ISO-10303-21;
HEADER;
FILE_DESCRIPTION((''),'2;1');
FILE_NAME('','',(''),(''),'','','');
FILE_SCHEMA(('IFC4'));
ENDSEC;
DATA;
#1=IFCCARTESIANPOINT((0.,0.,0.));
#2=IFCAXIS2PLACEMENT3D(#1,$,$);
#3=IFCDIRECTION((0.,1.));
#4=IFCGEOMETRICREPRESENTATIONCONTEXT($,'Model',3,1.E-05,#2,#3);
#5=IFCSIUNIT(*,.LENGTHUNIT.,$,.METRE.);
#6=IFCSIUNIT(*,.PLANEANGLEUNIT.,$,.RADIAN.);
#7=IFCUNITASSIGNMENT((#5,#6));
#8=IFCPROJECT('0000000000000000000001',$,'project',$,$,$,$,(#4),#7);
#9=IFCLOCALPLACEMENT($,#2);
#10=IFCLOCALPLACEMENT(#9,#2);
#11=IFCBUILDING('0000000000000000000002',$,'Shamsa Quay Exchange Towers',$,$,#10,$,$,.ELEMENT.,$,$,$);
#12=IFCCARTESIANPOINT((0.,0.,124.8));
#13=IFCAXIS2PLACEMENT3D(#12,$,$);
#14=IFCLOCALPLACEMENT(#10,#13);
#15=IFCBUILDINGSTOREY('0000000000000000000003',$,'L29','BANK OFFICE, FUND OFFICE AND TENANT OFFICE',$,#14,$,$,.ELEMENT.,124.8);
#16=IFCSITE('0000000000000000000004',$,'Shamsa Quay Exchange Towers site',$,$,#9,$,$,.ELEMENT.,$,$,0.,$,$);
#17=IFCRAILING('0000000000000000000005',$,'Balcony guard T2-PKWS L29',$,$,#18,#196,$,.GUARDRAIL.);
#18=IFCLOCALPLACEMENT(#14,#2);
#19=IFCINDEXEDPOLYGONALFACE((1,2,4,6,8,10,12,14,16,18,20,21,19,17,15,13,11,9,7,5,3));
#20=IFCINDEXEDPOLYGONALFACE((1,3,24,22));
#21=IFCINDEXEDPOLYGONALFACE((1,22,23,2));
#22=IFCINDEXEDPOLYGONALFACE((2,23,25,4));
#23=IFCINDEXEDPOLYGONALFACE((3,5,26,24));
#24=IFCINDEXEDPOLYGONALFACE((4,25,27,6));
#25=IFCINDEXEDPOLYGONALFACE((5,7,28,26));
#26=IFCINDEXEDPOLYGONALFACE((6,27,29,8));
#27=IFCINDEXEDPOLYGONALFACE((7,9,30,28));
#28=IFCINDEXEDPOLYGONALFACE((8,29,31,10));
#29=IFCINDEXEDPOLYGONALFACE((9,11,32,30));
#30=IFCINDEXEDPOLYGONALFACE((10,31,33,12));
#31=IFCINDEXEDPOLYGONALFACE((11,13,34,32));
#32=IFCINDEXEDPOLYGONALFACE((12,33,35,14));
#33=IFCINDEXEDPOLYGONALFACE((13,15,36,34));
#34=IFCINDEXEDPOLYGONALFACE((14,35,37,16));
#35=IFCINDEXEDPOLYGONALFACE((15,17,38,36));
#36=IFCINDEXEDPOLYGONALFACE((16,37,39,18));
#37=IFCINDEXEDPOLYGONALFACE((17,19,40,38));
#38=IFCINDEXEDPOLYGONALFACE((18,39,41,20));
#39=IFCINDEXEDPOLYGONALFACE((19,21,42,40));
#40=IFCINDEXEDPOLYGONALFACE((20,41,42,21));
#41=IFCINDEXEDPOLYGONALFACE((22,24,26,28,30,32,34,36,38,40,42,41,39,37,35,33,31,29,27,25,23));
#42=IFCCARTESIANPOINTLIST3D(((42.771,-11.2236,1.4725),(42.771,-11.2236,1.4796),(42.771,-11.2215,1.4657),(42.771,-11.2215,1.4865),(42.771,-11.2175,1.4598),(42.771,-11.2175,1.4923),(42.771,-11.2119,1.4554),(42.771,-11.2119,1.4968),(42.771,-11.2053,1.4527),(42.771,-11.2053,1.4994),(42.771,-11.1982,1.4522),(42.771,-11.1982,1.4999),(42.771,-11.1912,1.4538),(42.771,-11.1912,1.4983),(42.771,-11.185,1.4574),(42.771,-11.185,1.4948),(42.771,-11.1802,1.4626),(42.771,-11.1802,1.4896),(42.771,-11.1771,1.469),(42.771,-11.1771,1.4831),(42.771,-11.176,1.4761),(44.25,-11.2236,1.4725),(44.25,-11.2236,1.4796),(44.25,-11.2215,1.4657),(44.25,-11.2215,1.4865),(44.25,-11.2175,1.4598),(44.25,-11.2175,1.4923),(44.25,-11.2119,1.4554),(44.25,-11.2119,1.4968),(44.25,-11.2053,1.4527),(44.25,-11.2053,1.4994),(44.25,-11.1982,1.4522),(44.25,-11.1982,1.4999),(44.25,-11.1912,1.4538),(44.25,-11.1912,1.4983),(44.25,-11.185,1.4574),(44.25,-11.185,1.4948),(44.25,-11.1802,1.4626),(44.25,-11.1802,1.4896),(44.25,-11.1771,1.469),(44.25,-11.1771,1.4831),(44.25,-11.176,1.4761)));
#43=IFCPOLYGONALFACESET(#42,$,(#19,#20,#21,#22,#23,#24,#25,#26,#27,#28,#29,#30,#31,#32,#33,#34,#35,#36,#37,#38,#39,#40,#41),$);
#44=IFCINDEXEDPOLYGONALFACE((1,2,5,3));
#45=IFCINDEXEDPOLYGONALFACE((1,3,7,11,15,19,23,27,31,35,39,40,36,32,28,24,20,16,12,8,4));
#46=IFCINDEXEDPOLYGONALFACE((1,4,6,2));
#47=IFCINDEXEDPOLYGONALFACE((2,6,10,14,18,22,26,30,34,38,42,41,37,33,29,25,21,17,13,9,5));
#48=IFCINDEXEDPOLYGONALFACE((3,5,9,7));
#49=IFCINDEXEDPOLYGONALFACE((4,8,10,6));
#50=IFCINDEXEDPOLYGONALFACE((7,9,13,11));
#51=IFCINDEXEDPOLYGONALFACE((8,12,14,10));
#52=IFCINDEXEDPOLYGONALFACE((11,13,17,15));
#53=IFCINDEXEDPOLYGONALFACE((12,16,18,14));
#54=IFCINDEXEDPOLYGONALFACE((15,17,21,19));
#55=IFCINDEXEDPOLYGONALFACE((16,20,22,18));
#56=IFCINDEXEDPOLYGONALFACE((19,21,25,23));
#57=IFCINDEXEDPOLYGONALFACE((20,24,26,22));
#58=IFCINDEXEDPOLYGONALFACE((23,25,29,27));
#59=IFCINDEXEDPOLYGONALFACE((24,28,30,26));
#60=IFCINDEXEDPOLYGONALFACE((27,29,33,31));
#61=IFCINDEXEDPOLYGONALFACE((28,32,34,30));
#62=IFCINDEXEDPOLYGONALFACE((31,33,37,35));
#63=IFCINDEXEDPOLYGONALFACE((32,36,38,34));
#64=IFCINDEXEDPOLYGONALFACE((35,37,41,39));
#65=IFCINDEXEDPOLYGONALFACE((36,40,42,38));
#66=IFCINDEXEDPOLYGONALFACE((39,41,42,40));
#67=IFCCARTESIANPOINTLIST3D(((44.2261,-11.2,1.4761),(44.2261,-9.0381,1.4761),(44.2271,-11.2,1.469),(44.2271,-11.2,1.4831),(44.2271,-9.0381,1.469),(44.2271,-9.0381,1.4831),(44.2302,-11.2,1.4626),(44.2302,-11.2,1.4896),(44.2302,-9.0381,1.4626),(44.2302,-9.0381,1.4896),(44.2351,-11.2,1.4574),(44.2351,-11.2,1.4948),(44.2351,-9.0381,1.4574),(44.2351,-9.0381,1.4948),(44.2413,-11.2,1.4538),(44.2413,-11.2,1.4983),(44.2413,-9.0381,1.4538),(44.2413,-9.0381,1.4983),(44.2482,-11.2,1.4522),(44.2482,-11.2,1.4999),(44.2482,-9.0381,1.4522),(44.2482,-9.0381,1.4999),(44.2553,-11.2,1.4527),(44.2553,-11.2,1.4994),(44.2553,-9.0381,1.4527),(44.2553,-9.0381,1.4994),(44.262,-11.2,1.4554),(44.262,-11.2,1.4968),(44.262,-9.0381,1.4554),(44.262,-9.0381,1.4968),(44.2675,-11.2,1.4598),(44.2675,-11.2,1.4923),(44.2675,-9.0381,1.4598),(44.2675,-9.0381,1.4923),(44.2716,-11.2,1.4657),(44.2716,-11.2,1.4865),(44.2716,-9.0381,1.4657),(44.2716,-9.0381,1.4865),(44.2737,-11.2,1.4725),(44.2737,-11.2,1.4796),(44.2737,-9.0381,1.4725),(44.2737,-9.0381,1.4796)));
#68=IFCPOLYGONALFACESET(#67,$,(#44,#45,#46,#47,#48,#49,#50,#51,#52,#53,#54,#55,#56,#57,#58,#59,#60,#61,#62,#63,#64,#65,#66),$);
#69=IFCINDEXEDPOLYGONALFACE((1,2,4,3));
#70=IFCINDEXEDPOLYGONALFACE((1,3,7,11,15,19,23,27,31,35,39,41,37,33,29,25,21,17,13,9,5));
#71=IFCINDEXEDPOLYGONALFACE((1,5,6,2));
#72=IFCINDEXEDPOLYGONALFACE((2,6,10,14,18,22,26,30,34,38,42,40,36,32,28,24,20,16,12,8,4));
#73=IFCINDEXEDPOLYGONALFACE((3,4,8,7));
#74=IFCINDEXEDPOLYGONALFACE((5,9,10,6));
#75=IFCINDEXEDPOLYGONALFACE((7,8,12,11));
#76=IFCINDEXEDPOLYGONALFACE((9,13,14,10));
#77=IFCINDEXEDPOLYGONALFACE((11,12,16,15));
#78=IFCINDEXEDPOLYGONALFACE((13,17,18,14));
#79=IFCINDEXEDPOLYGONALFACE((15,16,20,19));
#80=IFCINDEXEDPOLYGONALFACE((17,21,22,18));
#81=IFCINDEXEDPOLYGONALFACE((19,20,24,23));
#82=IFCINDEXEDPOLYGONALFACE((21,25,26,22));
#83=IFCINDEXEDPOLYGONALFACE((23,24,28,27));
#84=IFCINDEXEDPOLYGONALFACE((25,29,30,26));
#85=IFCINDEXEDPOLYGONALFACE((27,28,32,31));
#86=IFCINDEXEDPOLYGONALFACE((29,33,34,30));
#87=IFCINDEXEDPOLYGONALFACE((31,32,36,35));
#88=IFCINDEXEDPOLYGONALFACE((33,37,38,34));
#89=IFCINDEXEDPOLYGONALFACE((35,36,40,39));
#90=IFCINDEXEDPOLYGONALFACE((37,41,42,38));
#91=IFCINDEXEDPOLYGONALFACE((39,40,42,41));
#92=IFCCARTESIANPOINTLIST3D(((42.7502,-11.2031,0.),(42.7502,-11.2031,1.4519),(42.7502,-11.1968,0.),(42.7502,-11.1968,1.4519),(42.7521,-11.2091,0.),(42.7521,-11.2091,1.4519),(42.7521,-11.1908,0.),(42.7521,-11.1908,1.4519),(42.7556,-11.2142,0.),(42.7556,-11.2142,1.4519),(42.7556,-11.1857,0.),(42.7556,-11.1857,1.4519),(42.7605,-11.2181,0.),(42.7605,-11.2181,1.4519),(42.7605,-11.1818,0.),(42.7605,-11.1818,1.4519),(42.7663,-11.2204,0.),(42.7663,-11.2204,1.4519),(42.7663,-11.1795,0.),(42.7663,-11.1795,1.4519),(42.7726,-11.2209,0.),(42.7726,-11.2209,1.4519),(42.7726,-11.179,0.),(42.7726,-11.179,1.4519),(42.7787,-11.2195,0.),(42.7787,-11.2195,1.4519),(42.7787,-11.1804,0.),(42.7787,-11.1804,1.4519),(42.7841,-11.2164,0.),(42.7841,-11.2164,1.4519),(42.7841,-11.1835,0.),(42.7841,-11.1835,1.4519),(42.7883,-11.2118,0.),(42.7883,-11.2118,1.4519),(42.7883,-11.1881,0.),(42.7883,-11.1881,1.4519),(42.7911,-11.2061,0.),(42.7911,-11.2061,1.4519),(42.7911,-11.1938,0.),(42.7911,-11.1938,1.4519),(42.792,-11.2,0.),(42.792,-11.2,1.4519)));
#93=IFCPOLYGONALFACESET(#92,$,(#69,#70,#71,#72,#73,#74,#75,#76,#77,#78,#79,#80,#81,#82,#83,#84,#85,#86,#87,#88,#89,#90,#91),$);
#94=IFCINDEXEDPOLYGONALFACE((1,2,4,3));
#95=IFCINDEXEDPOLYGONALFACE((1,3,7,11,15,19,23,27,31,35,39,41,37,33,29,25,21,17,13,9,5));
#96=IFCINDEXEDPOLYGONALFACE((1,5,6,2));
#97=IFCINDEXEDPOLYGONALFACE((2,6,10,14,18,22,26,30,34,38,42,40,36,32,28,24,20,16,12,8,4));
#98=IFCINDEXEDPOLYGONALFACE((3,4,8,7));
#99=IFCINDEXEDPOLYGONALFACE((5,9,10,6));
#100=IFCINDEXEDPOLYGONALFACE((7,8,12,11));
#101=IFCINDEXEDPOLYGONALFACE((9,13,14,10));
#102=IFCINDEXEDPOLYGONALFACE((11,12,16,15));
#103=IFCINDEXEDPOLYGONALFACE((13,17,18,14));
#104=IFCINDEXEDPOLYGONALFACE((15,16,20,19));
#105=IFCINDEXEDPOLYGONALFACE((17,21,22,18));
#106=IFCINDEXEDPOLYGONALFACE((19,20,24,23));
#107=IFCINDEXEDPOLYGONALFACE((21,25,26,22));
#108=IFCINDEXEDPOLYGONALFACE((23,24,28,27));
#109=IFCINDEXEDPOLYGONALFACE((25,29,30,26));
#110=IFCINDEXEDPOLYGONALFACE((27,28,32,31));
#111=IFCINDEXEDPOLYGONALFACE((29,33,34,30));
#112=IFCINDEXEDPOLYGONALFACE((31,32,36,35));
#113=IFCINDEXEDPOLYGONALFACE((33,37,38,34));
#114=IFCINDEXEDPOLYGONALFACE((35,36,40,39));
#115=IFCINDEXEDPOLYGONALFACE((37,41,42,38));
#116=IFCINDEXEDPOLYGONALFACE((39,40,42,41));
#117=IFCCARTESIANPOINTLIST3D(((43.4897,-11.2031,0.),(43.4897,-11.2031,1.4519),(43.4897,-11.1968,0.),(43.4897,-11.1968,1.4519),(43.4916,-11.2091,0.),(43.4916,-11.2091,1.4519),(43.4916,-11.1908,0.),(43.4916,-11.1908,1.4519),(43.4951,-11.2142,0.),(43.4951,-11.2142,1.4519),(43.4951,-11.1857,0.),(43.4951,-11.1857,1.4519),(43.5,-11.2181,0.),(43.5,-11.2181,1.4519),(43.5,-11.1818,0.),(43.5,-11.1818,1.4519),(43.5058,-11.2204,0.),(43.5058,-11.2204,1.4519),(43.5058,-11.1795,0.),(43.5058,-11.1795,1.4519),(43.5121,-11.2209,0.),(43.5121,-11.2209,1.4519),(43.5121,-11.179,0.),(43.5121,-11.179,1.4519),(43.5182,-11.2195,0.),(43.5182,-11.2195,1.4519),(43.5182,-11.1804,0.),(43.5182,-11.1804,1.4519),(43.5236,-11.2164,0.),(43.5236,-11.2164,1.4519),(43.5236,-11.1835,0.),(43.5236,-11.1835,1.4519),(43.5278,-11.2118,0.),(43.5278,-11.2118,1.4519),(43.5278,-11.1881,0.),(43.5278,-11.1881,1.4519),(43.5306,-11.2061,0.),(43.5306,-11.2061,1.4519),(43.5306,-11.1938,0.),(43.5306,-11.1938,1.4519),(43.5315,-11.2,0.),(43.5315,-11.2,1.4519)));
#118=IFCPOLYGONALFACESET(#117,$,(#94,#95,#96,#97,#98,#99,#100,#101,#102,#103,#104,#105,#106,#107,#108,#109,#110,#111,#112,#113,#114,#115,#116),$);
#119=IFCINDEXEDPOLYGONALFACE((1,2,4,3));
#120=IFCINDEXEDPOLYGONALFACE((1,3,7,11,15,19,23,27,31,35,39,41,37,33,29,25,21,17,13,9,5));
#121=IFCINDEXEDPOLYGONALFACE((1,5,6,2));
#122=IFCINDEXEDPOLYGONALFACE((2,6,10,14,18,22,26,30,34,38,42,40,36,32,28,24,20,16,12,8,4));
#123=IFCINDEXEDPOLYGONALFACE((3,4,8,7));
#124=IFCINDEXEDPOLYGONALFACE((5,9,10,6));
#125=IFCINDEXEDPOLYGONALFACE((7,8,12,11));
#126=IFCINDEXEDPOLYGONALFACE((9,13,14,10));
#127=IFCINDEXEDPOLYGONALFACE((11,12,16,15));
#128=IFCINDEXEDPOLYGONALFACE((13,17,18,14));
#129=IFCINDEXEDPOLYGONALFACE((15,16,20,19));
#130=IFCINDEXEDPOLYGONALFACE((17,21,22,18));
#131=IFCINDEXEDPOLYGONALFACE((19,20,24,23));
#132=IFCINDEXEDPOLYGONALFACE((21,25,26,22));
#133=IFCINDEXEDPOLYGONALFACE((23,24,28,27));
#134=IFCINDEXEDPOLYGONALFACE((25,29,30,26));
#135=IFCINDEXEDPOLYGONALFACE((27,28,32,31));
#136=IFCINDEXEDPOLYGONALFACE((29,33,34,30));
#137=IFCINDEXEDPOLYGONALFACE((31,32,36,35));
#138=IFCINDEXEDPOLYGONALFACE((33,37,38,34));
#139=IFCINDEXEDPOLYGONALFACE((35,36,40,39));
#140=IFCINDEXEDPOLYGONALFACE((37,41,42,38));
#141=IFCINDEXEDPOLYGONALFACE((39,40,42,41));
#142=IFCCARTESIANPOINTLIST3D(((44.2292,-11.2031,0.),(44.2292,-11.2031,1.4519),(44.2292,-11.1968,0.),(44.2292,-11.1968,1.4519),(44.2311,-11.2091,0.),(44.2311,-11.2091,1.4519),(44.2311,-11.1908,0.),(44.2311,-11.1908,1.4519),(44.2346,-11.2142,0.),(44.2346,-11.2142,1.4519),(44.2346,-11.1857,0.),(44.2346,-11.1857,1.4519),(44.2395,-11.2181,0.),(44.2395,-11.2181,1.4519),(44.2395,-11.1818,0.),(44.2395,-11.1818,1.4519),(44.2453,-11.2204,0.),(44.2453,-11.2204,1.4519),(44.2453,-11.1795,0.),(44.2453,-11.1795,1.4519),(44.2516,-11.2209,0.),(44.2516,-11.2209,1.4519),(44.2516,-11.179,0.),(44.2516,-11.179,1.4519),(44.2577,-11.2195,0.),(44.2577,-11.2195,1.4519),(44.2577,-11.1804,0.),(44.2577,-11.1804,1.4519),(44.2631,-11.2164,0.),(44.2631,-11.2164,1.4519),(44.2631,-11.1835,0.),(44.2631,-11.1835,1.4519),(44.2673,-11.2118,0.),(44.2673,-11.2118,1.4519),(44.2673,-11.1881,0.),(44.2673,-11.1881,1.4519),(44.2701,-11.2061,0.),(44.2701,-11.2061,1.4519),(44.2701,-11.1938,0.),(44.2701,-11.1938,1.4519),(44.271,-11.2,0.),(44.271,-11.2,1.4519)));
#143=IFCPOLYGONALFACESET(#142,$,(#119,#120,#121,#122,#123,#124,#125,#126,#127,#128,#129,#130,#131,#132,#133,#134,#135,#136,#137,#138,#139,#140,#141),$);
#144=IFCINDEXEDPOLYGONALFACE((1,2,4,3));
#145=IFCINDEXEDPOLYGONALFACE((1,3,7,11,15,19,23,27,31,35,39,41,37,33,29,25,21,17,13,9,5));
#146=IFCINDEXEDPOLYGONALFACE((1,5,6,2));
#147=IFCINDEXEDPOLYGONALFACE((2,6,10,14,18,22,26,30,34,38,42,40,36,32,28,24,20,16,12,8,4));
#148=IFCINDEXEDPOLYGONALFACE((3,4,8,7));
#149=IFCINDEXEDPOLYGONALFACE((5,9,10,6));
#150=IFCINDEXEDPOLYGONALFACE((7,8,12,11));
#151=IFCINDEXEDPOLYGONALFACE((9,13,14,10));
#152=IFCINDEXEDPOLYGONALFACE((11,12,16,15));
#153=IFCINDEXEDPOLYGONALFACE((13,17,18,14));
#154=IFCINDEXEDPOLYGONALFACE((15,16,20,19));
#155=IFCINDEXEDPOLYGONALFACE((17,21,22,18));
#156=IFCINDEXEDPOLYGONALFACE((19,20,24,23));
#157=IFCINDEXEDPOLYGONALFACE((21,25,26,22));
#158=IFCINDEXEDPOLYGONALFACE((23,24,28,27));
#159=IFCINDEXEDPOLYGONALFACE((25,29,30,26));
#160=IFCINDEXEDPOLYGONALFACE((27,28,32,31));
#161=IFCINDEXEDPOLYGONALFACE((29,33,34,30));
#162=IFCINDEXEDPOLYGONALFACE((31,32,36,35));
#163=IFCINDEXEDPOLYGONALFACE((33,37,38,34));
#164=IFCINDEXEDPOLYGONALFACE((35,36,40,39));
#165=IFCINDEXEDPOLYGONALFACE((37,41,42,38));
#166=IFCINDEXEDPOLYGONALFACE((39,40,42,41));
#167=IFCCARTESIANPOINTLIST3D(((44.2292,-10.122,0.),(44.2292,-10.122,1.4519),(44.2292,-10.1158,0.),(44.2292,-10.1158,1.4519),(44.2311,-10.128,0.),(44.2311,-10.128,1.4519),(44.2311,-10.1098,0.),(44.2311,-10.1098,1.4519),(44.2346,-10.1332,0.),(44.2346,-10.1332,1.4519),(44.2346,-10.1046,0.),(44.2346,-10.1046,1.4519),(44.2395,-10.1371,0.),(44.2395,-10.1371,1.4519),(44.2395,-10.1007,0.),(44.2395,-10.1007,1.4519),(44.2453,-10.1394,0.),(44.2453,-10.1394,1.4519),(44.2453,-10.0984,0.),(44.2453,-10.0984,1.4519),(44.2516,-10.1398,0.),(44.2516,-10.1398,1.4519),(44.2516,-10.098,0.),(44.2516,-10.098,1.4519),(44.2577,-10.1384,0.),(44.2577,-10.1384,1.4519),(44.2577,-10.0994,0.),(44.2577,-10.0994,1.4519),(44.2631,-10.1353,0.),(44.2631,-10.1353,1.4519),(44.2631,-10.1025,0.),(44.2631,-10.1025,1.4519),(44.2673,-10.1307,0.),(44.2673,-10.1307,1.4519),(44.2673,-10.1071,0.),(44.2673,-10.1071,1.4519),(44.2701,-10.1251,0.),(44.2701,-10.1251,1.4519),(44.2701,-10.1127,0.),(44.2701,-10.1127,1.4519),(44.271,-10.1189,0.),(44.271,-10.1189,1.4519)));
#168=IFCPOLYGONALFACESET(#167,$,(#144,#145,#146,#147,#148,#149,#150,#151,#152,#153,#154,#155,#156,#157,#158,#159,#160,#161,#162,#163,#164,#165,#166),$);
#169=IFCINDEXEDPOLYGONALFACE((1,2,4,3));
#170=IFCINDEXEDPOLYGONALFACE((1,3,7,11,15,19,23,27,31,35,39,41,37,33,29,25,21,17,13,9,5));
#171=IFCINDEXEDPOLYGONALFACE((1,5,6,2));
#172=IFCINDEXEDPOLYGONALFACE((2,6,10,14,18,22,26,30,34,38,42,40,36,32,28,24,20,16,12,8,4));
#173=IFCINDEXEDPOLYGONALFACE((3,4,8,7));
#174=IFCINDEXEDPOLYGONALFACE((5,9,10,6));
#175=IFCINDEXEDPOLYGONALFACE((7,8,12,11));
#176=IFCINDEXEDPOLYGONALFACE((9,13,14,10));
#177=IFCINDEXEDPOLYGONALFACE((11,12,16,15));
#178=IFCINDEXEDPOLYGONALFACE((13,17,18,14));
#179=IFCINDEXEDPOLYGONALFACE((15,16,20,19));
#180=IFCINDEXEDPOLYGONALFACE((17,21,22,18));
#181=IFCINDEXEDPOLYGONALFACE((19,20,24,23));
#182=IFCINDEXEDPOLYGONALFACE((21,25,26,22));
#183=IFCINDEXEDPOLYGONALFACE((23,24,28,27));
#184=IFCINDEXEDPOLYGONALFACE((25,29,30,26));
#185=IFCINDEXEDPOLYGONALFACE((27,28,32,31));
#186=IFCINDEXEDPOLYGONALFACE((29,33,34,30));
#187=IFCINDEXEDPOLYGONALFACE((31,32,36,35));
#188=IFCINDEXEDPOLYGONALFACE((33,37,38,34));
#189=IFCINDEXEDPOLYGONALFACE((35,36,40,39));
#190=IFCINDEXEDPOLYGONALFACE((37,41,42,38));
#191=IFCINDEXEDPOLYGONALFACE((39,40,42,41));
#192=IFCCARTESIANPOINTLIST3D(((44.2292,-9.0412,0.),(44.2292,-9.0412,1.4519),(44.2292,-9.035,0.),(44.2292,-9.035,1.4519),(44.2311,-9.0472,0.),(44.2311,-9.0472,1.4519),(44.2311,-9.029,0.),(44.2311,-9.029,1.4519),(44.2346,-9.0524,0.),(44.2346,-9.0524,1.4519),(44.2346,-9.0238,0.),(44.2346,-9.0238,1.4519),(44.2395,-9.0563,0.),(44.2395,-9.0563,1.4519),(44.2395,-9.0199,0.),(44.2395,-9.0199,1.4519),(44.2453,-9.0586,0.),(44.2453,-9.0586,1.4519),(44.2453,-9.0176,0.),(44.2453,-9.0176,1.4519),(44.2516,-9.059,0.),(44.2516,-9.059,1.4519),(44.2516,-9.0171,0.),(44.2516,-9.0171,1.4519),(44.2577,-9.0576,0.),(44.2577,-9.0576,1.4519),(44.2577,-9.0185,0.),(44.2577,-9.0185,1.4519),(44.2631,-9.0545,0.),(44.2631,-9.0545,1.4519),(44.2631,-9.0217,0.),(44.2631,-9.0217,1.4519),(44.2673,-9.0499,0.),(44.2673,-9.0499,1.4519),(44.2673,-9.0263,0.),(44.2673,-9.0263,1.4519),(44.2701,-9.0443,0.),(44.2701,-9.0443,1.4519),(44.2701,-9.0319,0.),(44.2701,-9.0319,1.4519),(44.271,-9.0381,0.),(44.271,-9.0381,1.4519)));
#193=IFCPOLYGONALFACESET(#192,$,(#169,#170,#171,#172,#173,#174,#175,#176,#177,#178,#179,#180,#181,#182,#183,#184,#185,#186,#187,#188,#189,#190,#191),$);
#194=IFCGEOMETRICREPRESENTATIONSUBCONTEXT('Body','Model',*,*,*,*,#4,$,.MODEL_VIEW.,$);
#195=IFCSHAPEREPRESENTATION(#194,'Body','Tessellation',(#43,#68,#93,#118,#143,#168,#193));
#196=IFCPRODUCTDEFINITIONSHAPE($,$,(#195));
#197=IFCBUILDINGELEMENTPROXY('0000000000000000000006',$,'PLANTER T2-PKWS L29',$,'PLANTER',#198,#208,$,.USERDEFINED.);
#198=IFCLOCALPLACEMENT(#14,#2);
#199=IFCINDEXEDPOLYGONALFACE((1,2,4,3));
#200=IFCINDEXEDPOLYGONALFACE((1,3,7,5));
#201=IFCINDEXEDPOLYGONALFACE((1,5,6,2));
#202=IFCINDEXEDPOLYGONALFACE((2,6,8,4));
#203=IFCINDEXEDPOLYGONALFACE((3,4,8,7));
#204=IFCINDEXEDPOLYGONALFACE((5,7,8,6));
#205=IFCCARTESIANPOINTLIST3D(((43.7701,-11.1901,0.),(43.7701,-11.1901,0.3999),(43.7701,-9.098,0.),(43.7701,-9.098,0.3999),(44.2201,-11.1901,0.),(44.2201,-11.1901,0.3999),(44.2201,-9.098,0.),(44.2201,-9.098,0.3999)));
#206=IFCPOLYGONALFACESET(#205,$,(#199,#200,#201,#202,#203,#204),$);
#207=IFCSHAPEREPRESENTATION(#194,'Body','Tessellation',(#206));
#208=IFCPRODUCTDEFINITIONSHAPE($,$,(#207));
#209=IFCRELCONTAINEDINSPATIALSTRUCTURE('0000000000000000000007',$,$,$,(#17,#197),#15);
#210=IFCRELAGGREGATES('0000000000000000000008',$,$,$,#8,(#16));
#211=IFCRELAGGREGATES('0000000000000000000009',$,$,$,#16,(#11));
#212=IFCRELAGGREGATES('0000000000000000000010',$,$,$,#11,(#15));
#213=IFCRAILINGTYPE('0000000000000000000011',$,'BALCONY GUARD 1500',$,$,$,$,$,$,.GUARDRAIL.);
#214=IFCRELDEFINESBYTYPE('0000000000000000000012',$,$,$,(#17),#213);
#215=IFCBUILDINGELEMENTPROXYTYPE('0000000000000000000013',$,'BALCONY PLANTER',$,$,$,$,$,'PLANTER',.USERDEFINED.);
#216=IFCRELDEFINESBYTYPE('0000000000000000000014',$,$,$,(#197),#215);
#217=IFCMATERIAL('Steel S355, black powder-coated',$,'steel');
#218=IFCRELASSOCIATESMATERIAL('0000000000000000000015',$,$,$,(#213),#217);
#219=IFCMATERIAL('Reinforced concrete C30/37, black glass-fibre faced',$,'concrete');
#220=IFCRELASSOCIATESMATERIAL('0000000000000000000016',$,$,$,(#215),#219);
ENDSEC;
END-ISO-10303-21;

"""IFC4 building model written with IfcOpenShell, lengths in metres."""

from ifc_helpers import new_model, si_unit, direction, frame, origin, origin_2d, place, context, subcontext, project, spatial, rectangle, circle, extrude, material, type_object, element, save


model = new_model("IFC4")

# Units and contexts
model_context = context("Model", 3, precision=1e-05, world=origin(), true_north=direction((0.0, 1.0)))
body_context = subcontext(model_context, "Body", "Model", "MODEL_VIEW")
ifc_project = project(units=[si_unit("LENGTHUNIT", "METRE"), si_unit("PLANEANGLEUNIT", "RADIAN")], contexts=[model_context])

# Site, building, storey
site_placement = place(None, origin())
site = spatial("IfcSite", under=ifc_project, at=site_placement, Name="Shamsa Quay Exchange Towers site", CompositionType="ELEMENT", RefElevation=0.0)
building_placement = place(site_placement, origin())
building = spatial("IfcBuilding", under=site, at=building_placement, Name="Shamsa Quay Exchange Towers", CompositionType="ELEMENT")
storey_placement = place(building_placement, frame((0.0, 0.0, 124.8)))
storey = spatial("IfcBuildingStorey", under=building, at=storey_placement, Name="L29", Description="BANK OFFICE, FUND OFFICE AND TENANT OFFICE", CompositionType="ELEMENT", Elevation=124.8)

# Railing
ifc_material_1 = material(Name="Steel S355, black powder-coated", Category="steel")
railing_type = type_object("IfcRailingType", Name="BALCONY GUARD 1500", PredefinedType="GUARDRAIL", material=ifc_material_1)
railing_placement = place(storey_placement, frame((42.771, -11.2, 0.0)))
element("IfcRailing", 1, at=railing_placement, inside=storey, type_object=railing_type, Name="Balcony guard T2-PKWS L29", PredefinedType="GUARDRAIL", context=body_context, shape_type="SweptSolid", body=[
    extrude(circle(Radius=0.0239, at=origin_2d()), frame((0.0, 0.0, 1.4761), z_axis=(1.0, 0.0, 0.0), x_axis=(0.0, 1.0, 0.0)), (0.0, 0.0, 1.0), 1.479),
    extrude(circle(Radius=0.0239, at=origin_2d()), frame((1.479, 0.0, 1.4761), z_axis=(0.0, 1.0, 0.0), x_axis=(-1.0, 0.0, 0.0)), (0.0, 0.0, 1.0), 2.1619),
    extrude(circle(Radius=0.021, at=origin_2d()), origin(), (0.0, 0.0, 1.0), 1.4519),
    extrude(circle(Radius=0.021, at=origin_2d()), frame((0.7395, 0.0, 0.0)), (0.0, 0.0, 1.0), 1.4519),
    extrude(circle(Radius=0.021, at=origin_2d()), frame((1.479, 0.0, 0.0)), (0.0, 0.0, 1.0), 1.4519),
    extrude(circle(Radius=0.021, at=origin_2d()), frame((1.479, 1.0811, 0.0)), (0.0, 0.0, 1.0), 1.4519),
    extrude(circle(Radius=0.021, at=origin_2d()), frame((1.479, 2.1619, 0.0)), (0.0, 0.0, 1.0), 1.4519),
])

# Building element proxy
ifc_material_2 = material(Name="Reinforced concrete C30/37, black glass-fibre faced", Category="concrete")
building_element_proxy_type = type_object("IfcBuildingElementProxyType", Name="BALCONY PLANTER", ElementType="PLANTER", PredefinedType="USERDEFINED", material=ifc_material_2)
proxy_placement = place(storey_placement, frame((43.9951, -10.144, 0.0), z_axis=(0.0, 0.0, 1.0), x_axis=(0.0, 1.0, 0.0)))
element("IfcBuildingElementProxy", 2, at=proxy_placement, inside=storey, type_object=building_element_proxy_type, Name="PLANTER T2-PKWS L29", ObjectType="PLANTER", PredefinedType="USERDEFINED", context=body_context, shape_type="SweptSolid", body=[
    extrude(rectangle(XDim=2.092, YDim=0.45, at=origin_2d()), origin(), (0.0, 0.0, 1.0), 0.3999),
])

save(model, "model.ifc")
